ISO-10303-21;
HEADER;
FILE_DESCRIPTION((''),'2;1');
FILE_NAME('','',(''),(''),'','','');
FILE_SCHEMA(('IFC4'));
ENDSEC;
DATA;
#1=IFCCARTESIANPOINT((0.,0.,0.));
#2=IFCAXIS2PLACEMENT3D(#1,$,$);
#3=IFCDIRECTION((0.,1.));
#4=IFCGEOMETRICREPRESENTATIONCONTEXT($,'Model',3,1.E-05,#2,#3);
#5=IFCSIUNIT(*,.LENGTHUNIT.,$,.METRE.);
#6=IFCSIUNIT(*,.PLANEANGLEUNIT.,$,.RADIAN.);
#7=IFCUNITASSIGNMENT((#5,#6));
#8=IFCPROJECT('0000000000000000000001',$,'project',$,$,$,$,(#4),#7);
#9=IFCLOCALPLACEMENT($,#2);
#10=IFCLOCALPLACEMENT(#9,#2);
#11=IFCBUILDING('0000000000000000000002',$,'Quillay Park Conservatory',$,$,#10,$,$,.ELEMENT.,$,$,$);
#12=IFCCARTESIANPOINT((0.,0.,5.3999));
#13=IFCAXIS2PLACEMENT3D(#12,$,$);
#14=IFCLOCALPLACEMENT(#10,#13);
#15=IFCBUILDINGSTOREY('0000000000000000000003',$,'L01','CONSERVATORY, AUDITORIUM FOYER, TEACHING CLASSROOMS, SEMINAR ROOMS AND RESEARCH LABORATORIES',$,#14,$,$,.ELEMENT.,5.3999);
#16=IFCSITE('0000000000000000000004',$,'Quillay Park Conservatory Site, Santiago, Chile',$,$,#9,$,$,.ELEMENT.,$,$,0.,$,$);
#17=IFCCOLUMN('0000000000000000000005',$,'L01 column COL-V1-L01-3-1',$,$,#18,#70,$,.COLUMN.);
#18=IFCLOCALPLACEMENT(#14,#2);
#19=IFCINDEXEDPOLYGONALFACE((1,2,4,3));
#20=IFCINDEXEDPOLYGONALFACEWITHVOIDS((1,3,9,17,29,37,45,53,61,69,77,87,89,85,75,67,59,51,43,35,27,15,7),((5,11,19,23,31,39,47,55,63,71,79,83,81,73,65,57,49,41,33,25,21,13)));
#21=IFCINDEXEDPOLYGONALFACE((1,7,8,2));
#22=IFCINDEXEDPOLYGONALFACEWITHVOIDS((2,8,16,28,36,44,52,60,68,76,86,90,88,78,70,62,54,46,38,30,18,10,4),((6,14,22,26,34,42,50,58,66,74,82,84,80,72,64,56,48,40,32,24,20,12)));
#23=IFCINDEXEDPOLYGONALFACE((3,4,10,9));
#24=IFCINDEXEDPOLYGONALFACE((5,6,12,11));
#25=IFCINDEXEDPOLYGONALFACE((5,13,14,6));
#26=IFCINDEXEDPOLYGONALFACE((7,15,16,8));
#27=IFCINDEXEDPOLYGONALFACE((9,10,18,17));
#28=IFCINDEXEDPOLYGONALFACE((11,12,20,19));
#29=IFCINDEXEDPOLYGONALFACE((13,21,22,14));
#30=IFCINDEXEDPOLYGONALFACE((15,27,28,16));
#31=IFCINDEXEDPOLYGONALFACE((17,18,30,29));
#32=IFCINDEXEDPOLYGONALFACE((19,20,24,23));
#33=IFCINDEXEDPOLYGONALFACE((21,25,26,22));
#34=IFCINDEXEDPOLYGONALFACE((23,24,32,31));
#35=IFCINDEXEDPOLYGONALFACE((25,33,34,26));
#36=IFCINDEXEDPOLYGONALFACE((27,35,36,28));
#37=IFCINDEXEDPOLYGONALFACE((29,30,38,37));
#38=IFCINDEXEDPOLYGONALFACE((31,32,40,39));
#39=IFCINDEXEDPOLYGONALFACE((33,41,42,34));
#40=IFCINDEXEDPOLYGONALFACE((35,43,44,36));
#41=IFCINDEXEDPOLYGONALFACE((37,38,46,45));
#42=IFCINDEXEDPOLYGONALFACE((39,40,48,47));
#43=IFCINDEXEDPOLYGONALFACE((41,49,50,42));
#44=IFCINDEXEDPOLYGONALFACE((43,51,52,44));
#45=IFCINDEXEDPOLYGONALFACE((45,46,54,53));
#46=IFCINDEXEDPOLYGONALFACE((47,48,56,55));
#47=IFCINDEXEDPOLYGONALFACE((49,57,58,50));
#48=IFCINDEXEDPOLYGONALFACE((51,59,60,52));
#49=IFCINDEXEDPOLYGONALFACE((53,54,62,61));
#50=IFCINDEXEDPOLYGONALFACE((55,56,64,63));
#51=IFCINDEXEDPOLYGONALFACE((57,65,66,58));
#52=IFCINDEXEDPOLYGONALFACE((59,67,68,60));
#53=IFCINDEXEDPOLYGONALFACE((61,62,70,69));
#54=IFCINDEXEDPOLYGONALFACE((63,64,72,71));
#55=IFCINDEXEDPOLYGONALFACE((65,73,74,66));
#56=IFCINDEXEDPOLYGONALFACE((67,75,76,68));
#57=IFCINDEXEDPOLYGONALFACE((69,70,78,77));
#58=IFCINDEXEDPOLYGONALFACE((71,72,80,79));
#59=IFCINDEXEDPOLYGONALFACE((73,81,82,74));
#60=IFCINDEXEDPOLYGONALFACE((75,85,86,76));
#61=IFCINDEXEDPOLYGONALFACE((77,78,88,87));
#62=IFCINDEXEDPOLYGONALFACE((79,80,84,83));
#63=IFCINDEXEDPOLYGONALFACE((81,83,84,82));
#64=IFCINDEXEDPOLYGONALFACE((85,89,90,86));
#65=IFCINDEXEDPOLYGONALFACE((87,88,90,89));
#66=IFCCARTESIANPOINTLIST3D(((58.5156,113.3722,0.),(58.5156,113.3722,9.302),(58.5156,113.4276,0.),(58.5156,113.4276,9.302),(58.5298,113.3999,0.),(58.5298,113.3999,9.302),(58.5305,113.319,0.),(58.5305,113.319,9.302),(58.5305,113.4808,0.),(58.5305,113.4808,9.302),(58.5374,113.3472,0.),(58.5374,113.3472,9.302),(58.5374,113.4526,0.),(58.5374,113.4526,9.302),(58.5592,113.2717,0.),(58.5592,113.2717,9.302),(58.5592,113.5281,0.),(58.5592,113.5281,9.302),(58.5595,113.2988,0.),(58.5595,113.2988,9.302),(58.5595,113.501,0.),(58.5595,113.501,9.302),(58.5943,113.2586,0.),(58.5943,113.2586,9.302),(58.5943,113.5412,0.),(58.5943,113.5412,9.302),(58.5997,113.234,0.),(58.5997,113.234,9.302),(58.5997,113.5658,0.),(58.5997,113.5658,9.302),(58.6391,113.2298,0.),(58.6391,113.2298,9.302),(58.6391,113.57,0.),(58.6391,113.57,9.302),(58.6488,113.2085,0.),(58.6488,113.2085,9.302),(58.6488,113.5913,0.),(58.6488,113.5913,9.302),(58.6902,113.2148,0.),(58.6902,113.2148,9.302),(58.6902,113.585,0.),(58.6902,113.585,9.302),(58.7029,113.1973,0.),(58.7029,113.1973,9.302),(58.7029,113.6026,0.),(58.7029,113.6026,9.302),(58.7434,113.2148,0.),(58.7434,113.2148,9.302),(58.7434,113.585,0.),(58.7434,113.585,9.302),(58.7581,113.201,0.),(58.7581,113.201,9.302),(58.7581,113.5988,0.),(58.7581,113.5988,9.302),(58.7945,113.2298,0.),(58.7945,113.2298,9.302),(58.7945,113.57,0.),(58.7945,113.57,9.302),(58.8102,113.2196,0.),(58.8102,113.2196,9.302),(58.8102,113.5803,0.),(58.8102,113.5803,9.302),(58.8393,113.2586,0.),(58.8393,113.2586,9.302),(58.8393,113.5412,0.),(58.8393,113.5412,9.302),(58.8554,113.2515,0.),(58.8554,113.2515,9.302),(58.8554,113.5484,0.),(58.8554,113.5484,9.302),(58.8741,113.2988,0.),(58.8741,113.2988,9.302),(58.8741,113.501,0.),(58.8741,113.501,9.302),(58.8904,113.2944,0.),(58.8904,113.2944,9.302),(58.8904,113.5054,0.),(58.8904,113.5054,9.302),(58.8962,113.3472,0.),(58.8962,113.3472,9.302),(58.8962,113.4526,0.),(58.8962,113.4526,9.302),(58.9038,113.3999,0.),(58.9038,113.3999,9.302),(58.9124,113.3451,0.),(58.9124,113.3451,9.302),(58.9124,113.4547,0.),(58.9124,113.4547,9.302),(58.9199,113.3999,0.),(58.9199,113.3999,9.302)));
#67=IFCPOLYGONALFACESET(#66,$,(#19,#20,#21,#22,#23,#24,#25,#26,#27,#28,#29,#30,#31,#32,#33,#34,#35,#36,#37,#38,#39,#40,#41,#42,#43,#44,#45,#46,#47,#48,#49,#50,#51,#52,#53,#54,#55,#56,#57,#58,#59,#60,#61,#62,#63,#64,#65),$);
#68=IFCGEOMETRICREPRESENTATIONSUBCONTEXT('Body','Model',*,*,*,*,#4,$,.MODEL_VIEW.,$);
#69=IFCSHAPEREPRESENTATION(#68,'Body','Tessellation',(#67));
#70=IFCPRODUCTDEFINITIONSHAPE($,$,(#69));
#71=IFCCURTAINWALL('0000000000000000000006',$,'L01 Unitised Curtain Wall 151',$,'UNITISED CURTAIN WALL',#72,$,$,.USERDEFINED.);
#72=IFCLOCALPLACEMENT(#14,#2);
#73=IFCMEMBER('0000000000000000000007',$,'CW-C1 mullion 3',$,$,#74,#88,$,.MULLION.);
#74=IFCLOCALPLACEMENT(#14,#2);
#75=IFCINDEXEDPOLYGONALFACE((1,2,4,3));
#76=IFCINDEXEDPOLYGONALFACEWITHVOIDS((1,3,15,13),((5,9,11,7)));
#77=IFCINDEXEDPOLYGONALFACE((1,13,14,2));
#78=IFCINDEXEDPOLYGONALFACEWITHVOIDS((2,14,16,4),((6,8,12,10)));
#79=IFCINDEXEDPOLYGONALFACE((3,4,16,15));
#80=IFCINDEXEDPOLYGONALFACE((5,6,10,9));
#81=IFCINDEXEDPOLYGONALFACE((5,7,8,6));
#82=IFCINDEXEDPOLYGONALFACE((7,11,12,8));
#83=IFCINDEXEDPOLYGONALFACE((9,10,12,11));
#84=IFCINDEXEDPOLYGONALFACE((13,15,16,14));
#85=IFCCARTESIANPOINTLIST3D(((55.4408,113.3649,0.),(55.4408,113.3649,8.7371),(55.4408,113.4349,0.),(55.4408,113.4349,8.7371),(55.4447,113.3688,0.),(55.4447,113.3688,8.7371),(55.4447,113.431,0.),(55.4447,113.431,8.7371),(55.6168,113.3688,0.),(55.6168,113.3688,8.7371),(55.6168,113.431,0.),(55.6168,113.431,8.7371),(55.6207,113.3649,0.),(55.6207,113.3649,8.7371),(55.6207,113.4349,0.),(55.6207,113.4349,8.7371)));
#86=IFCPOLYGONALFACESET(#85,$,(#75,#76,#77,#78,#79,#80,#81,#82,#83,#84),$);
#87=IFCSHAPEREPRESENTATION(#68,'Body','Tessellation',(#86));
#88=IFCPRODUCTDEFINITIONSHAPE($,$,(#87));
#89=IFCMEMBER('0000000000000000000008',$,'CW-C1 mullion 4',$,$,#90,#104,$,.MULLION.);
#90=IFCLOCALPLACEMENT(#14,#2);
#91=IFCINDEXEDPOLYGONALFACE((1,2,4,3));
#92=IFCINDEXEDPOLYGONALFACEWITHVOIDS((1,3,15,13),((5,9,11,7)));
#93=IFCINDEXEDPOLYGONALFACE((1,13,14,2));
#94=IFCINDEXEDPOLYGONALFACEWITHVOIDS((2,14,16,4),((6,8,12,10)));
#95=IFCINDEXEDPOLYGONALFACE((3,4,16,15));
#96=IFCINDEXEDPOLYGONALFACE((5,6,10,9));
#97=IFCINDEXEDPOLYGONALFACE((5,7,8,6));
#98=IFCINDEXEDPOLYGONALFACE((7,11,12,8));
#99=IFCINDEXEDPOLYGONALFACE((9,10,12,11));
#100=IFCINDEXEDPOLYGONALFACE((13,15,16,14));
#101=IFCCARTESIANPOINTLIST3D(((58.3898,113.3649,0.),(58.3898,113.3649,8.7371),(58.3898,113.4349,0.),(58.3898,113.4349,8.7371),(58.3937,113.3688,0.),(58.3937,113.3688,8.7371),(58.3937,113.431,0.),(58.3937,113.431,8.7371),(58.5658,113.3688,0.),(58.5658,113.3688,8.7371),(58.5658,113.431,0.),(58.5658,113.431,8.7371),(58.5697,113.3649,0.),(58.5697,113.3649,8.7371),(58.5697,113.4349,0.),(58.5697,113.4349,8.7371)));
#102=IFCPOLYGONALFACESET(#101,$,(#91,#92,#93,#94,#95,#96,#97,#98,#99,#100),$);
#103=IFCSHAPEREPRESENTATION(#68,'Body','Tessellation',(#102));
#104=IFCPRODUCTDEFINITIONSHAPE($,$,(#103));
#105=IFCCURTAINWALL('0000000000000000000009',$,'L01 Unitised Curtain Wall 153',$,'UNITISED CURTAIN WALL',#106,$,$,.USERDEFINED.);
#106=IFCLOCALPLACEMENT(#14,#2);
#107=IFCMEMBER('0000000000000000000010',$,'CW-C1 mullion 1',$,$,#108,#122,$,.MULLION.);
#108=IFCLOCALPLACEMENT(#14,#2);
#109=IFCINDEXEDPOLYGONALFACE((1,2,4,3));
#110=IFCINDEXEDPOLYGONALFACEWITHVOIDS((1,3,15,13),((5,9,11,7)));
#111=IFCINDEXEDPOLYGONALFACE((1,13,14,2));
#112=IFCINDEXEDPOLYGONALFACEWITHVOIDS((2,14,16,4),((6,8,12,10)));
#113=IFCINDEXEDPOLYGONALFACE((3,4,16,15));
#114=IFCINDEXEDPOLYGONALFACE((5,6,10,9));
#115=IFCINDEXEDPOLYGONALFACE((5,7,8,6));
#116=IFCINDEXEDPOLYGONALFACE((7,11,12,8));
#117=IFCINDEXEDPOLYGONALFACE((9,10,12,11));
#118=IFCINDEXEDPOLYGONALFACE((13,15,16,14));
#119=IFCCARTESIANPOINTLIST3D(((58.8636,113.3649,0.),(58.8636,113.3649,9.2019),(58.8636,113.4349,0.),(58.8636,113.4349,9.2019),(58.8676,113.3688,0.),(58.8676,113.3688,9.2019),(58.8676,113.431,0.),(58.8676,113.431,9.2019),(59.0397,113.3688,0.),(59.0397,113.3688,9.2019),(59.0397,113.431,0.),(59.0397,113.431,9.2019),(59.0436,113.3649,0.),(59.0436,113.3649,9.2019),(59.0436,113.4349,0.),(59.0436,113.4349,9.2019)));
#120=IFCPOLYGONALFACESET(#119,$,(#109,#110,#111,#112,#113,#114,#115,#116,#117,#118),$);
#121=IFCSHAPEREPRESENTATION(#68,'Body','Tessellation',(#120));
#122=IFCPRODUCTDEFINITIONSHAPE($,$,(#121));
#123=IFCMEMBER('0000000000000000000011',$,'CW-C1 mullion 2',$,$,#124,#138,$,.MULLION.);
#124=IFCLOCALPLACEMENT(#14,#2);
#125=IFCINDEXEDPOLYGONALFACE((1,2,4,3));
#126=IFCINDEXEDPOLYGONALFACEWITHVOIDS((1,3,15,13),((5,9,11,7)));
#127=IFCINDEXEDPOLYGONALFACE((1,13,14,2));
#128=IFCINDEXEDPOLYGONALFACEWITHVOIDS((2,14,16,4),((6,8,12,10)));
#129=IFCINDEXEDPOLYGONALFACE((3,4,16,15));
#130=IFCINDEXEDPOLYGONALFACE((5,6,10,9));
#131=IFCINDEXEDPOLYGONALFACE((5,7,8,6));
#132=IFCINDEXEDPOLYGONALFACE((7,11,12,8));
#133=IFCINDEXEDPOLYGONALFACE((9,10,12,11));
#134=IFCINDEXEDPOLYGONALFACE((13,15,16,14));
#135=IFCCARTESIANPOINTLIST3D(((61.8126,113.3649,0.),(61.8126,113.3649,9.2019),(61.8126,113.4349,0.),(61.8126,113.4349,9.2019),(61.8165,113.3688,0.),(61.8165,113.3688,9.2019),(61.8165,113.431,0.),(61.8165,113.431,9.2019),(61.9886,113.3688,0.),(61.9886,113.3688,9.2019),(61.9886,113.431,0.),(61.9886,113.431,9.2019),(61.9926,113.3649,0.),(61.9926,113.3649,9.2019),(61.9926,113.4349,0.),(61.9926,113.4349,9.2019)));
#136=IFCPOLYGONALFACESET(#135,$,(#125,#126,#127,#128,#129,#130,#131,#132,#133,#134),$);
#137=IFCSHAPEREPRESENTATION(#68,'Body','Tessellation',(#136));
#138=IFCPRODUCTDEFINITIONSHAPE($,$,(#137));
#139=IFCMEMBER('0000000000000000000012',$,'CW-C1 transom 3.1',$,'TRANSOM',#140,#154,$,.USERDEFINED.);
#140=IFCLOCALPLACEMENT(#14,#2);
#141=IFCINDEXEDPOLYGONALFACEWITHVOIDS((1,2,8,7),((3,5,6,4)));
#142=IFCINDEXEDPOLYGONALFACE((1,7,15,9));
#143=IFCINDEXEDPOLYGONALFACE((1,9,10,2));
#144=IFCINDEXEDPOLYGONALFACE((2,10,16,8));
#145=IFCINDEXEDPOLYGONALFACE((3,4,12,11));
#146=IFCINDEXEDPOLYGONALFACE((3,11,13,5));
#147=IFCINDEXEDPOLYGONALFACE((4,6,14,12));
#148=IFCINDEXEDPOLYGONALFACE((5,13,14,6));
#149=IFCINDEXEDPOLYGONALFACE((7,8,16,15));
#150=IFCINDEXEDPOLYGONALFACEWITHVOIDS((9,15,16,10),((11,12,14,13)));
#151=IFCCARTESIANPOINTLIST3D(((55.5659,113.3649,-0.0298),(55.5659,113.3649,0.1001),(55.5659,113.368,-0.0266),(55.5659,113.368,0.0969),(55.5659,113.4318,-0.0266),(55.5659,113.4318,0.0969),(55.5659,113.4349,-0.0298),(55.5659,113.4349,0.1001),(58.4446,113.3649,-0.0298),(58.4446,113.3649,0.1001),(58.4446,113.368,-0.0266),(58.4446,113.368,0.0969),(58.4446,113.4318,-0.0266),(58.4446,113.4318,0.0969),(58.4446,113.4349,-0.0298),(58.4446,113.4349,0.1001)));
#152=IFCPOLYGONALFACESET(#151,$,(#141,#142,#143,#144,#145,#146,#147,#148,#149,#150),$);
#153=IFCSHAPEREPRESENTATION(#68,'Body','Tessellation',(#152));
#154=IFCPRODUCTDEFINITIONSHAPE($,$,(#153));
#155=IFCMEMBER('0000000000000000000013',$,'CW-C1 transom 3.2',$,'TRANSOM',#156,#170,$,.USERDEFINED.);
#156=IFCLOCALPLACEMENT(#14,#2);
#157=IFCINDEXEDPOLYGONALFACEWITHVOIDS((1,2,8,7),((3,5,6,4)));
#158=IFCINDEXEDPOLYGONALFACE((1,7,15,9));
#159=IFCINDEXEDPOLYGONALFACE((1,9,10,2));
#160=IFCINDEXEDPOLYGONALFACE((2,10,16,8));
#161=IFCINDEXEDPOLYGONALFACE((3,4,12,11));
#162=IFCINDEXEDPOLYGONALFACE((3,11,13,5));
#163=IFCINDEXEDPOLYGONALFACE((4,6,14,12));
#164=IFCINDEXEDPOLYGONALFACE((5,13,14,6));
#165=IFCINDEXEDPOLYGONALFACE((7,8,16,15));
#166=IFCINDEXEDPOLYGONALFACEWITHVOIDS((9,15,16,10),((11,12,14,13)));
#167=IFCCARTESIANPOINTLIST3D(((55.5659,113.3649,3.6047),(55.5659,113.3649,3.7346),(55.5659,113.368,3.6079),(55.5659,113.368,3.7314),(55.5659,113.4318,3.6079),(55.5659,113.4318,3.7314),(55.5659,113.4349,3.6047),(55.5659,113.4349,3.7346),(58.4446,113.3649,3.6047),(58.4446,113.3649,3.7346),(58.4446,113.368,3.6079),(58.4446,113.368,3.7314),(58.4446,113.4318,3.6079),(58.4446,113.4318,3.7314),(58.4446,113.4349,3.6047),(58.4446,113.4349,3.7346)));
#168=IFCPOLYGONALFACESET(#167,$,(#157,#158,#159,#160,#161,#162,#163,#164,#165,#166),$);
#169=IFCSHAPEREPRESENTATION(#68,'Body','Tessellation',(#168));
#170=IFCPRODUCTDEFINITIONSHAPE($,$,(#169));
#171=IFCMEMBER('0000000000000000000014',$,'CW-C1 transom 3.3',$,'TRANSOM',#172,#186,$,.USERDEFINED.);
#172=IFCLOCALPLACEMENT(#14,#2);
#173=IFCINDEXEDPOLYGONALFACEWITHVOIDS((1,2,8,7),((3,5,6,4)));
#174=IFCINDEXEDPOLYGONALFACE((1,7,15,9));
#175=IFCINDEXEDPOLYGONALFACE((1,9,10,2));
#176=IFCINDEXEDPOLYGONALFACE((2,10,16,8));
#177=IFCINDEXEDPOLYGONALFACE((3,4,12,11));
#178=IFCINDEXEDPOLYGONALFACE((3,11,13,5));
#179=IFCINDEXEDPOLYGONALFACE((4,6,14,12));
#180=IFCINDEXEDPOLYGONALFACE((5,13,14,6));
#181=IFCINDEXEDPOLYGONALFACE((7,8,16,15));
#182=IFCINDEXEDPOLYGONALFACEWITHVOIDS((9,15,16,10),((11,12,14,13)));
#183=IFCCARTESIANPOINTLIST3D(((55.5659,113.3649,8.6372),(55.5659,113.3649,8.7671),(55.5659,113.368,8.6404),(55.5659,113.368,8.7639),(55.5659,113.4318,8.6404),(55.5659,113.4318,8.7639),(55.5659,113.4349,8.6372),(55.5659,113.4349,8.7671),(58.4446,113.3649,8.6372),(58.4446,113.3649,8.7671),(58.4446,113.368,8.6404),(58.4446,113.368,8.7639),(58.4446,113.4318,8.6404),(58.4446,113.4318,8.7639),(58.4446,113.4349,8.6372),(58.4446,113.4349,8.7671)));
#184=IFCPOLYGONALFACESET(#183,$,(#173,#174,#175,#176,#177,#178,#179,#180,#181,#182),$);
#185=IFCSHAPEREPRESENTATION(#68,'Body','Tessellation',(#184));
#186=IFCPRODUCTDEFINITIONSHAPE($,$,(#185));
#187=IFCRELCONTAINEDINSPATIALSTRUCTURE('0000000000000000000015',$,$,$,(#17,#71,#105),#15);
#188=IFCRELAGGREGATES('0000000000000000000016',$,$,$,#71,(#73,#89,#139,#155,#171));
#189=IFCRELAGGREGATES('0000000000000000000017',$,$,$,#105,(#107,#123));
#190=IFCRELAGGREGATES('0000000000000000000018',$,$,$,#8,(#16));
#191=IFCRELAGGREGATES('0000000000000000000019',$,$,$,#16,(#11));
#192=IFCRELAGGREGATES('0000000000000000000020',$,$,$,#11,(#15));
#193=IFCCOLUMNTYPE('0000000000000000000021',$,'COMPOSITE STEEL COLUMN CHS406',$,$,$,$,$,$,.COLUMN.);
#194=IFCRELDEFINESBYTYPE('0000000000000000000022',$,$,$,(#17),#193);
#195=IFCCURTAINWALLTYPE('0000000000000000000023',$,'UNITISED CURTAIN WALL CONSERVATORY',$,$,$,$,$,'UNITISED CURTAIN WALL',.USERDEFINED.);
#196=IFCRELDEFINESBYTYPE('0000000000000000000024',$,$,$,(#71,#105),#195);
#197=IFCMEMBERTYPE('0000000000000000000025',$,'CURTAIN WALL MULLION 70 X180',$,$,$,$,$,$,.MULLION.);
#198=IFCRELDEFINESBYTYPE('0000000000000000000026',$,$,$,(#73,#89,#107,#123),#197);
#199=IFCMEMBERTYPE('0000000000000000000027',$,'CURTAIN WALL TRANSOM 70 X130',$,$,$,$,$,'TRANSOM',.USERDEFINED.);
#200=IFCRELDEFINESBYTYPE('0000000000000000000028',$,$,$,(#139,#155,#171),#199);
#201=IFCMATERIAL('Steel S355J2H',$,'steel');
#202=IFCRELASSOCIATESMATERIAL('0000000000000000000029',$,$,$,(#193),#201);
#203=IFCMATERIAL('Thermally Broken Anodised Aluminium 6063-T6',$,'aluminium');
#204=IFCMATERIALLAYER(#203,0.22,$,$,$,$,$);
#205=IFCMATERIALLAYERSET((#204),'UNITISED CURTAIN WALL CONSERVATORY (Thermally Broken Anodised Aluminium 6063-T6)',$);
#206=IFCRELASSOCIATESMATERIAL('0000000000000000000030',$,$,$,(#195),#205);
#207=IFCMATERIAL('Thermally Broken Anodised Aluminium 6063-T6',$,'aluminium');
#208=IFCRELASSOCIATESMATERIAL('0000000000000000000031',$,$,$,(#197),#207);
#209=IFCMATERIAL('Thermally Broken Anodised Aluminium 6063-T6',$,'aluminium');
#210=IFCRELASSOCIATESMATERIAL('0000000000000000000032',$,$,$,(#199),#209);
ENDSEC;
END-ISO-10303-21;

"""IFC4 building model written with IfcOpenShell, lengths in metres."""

from ifc_helpers import new_model, si_unit, direction, frame, origin, origin_2d, place, context, subcontext, project, spatial, hollow_rectangle, hollow_circle, extrude, material, layer, layer_set, material_profile, profile_set, type_object, element, aggregate, save


model = new_model("IFC4")

# Units and contexts
model_context = context("Model", 3, precision=1e-05, world=origin(), true_north=direction((0.0, 1.0)))
body_context = subcontext(model_context, "Body", "Model", "MODEL_VIEW")
ifc_project = project(units=[si_unit("LENGTHUNIT", "METRE"), si_unit("PLANEANGLEUNIT", "RADIAN")], contexts=[model_context])

# Site, building, storey
site_placement = place(None, origin())
site = spatial("IfcSite", under=ifc_project, at=site_placement, Name="Quillay Park Conservatory Site, Santiago, Chile", CompositionType="ELEMENT", RefElevation=0.0)
building_placement = place(site_placement, origin())
building = spatial("IfcBuilding", under=site, at=building_placement, Name="Quillay Park Conservatory", CompositionType="ELEMENT")
storey_placement = place(building_placement, frame((0.0, 0.0, 5.3999)))
storey = spatial("IfcBuildingStorey", under=building, at=storey_placement, Name="L01", Description="CONSERVATORY, AUDITORIUM FOYER, TEACHING CLASSROOMS, SEMINAR ROOMS AND RESEARCH LABORATORIES", CompositionType="ELEMENT", Elevation=5.3999)

# Column
ifc_material_1 = material(Name="Steel S355J2H", Category="steel")
ifc_material_profile_1 = material_profile(ifc_material_1, hollow_circle(Radius=0.2031, WallThickness=0.0161, at=origin_2d()), Name="CHS406.4x16")
ifc_profile_set_1 = profile_set([ifc_material_profile_1], Name="Steel S355J2H")
column_type = type_object("IfcColumnType", Name="COMPOSITE STEEL COLUMN CHS406", PredefinedType="COLUMN", material=ifc_profile_set_1)
column_placement = place(storey_placement, frame((58.7168, 113.3999, 0.0), z_axis=(0.0, 0.0, 1.0), x_axis=(1.0, 0.0, 0.0)))
element("IfcColumn", 1, at=column_placement, inside=storey, type_object=column_type, Name="L01 column COL-V1-L01-3-1", PredefinedType="COLUMN", context=body_context, shape_type="SweptSolid", body=[
    extrude(hollow_circle(Radius=0.2031, WallThickness=0.0161, at=origin_2d()), origin(), (0.0, 0.0, 1.0), 9.302),
])

# Curtain walls, members
ifc_material_2 = material(Name="Thermally Broken Anodised Aluminium 6063-T6", Category="aluminium")
ifc_layer_1 = layer(ifc_material_2, 0.22)
ifc_layer_set_1 = layer_set([ifc_layer_1], Name="UNITISED CURTAIN WALL CONSERVATORY (Thermally Broken Anodised Aluminium 6063-T6)")
curtain_wall_type = type_object("IfcCurtainWallType", Name="UNITISED CURTAIN WALL CONSERVATORY", ElementType="UNITISED CURTAIN WALL", PredefinedType="USERDEFINED", material=ifc_layer_set_1)
curtain_wall_1_placement = place(storey_placement, origin())
curtain_wall_1 = element("IfcCurtainWall", 2, at=curtain_wall_1_placement, inside=storey, type_object=curtain_wall_type, Name="L01 Unitised Curtain Wall 151", ObjectType="UNITISED CURTAIN WALL", PredefinedType="USERDEFINED")
ifc_material_3 = material(Name="Thermally Broken Anodised Aluminium 6063-T6", Category="aluminium")
ifc_material_profile_2 = material_profile(ifc_material_3, hollow_rectangle(XDim=0.0701, YDim=0.1799, WallThickness=0.0039, at=origin_2d()), Name="AL70x180x4")
ifc_profile_set_2 = profile_set([ifc_material_profile_2], Name="Thermally Broken Anodised Aluminium 6063-T6")
member_type_1 = type_object("IfcMemberType", Name="CURTAIN WALL MULLION 70 X180", PredefinedType="MULLION", material=ifc_profile_set_2)
member_1_placement = place(storey_placement, frame((55.5308, 113.3999, 0.0), z_axis=(0.0, 0.0, 1.0), x_axis=(0.0, 1.0, 0.0)))
member_1 = element("IfcMember", 3, at=member_1_placement, type_object=member_type_1, Name="CW-C1 mullion 3", PredefinedType="MULLION", context=body_context, shape_type="SweptSolid", body=[
    extrude(hollow_rectangle(XDim=0.0701, YDim=0.1799, WallThickness=0.0039, at=origin_2d()), origin(), (0.0, 0.0, 1.0), 8.7371),
])
member_2_placement = place(storey_placement, frame((58.4797, 113.3999, 0.0), z_axis=(0.0, 0.0, 1.0), x_axis=(0.0, 1.0, 0.0)))
member_2 = element("IfcMember", 4, at=member_2_placement, type_object=member_type_1, Name="CW-C1 mullion 4", PredefinedType="MULLION", context=body_context, shape_type="SweptSolid", body=[
    extrude(hollow_rectangle(XDim=0.0701, YDim=0.1799, WallThickness=0.0039, at=origin_2d()), origin(), (0.0, 0.0, 1.0), 8.7371),
])
curtain_wall_2_placement = place(storey_placement, origin())
curtain_wall_2 = element("IfcCurtainWall", 5, at=curtain_wall_2_placement, inside=storey, type_object=curtain_wall_type, Name="L01 Unitised Curtain Wall 153", ObjectType="UNITISED CURTAIN WALL", PredefinedType="USERDEFINED")
member_3_placement = place(storey_placement, frame((58.9536, 113.3999, 0.0), z_axis=(0.0, 0.0, 1.0), x_axis=(0.0, 1.0, 0.0)))
member_3 = element("IfcMember", 6, at=member_3_placement, type_object=member_type_1, Name="CW-C1 mullion 1", PredefinedType="MULLION", context=body_context, shape_type="SweptSolid", body=[
    extrude(hollow_rectangle(XDim=0.0701, YDim=0.1799, WallThickness=0.0039, at=origin_2d()), origin(), (0.0, 0.0, 1.0), 9.2019),
])
member_4_placement = place(storey_placement, frame((61.9026, 113.3999, 0.0), z_axis=(0.0, 0.0, 1.0), x_axis=(0.0, 1.0, 0.0)))
member_4 = element("IfcMember", 7, at=member_4_placement, type_object=member_type_1, Name="CW-C1 mullion 2", PredefinedType="MULLION", context=body_context, shape_type="SweptSolid", body=[
    extrude(hollow_rectangle(XDim=0.0701, YDim=0.1799, WallThickness=0.0039, at=origin_2d()), origin(), (0.0, 0.0, 1.0), 9.2019),
])

# Members
ifc_material_4 = material(Name="Thermally Broken Anodised Aluminium 6063-T6", Category="aluminium")
ifc_material_profile_3 = material_profile(ifc_material_4, hollow_rectangle(XDim=0.0701, YDim=0.1299, WallThickness=0.0032, at=origin_2d()), Name="AL70x130x3.2")
ifc_profile_set_3 = profile_set([ifc_material_profile_3], Name="Thermally Broken Anodised Aluminium 6063-T6")
member_type_2 = type_object("IfcMemberType", Name="CURTAIN WALL TRANSOM 70 X130", ElementType="TRANSOM", PredefinedType="USERDEFINED", material=ifc_profile_set_3)
member_5_placement = place(storey_placement, frame((55.5659, 113.3999, 0.0352), z_axis=(1.0, 0.0, 0.0), x_axis=(0.0, 1.0, 0.0)))
member_5 = element("IfcMember", 8, at=member_5_placement, type_object=member_type_2, Name="CW-C1 transom 3.1", ObjectType="TRANSOM", PredefinedType="USERDEFINED", context=body_context, shape_type="SweptSolid", body=[
    extrude(hollow_rectangle(XDim=0.0701, YDim=0.1299, WallThickness=0.0032, at=origin_2d()), origin(), (0.0, 0.0, 1.0), 2.8787),
])
member_6_placement = place(storey_placement, frame((55.5659, 113.3999, 3.6697), z_axis=(1.0, 0.0, 0.0), x_axis=(0.0, 1.0, 0.0)))
member_6 = element("IfcMember", 9, at=member_6_placement, type_object=member_type_2, Name="CW-C1 transom 3.2", ObjectType="TRANSOM", PredefinedType="USERDEFINED", context=body_context, shape_type="SweptSolid", body=[
    extrude(hollow_rectangle(XDim=0.0701, YDim=0.1299, WallThickness=0.0032, at=origin_2d()), origin(), (0.0, 0.0, 1.0), 2.8787),
])
member_7_placement = place(storey_placement, frame((55.5659, 113.3999, 8.7021), z_axis=(1.0, 0.0, 0.0), x_axis=(0.0, 1.0, 0.0)))
member_7 = element("IfcMember", 10, at=member_7_placement, type_object=member_type_2, Name="CW-C1 transom 3.3", ObjectType="TRANSOM", PredefinedType="USERDEFINED", context=body_context, shape_type="SweptSolid", body=[
    extrude(hollow_rectangle(XDim=0.0701, YDim=0.1299, WallThickness=0.0032, at=origin_2d()), origin(), (0.0, 0.0, 1.0), 2.8787),
])

aggregate(curtain_wall_1, [member_1, member_2, member_5, member_6, member_7])
aggregate(curtain_wall_2, [member_3, member_4])

save(model, "model.ifc")
